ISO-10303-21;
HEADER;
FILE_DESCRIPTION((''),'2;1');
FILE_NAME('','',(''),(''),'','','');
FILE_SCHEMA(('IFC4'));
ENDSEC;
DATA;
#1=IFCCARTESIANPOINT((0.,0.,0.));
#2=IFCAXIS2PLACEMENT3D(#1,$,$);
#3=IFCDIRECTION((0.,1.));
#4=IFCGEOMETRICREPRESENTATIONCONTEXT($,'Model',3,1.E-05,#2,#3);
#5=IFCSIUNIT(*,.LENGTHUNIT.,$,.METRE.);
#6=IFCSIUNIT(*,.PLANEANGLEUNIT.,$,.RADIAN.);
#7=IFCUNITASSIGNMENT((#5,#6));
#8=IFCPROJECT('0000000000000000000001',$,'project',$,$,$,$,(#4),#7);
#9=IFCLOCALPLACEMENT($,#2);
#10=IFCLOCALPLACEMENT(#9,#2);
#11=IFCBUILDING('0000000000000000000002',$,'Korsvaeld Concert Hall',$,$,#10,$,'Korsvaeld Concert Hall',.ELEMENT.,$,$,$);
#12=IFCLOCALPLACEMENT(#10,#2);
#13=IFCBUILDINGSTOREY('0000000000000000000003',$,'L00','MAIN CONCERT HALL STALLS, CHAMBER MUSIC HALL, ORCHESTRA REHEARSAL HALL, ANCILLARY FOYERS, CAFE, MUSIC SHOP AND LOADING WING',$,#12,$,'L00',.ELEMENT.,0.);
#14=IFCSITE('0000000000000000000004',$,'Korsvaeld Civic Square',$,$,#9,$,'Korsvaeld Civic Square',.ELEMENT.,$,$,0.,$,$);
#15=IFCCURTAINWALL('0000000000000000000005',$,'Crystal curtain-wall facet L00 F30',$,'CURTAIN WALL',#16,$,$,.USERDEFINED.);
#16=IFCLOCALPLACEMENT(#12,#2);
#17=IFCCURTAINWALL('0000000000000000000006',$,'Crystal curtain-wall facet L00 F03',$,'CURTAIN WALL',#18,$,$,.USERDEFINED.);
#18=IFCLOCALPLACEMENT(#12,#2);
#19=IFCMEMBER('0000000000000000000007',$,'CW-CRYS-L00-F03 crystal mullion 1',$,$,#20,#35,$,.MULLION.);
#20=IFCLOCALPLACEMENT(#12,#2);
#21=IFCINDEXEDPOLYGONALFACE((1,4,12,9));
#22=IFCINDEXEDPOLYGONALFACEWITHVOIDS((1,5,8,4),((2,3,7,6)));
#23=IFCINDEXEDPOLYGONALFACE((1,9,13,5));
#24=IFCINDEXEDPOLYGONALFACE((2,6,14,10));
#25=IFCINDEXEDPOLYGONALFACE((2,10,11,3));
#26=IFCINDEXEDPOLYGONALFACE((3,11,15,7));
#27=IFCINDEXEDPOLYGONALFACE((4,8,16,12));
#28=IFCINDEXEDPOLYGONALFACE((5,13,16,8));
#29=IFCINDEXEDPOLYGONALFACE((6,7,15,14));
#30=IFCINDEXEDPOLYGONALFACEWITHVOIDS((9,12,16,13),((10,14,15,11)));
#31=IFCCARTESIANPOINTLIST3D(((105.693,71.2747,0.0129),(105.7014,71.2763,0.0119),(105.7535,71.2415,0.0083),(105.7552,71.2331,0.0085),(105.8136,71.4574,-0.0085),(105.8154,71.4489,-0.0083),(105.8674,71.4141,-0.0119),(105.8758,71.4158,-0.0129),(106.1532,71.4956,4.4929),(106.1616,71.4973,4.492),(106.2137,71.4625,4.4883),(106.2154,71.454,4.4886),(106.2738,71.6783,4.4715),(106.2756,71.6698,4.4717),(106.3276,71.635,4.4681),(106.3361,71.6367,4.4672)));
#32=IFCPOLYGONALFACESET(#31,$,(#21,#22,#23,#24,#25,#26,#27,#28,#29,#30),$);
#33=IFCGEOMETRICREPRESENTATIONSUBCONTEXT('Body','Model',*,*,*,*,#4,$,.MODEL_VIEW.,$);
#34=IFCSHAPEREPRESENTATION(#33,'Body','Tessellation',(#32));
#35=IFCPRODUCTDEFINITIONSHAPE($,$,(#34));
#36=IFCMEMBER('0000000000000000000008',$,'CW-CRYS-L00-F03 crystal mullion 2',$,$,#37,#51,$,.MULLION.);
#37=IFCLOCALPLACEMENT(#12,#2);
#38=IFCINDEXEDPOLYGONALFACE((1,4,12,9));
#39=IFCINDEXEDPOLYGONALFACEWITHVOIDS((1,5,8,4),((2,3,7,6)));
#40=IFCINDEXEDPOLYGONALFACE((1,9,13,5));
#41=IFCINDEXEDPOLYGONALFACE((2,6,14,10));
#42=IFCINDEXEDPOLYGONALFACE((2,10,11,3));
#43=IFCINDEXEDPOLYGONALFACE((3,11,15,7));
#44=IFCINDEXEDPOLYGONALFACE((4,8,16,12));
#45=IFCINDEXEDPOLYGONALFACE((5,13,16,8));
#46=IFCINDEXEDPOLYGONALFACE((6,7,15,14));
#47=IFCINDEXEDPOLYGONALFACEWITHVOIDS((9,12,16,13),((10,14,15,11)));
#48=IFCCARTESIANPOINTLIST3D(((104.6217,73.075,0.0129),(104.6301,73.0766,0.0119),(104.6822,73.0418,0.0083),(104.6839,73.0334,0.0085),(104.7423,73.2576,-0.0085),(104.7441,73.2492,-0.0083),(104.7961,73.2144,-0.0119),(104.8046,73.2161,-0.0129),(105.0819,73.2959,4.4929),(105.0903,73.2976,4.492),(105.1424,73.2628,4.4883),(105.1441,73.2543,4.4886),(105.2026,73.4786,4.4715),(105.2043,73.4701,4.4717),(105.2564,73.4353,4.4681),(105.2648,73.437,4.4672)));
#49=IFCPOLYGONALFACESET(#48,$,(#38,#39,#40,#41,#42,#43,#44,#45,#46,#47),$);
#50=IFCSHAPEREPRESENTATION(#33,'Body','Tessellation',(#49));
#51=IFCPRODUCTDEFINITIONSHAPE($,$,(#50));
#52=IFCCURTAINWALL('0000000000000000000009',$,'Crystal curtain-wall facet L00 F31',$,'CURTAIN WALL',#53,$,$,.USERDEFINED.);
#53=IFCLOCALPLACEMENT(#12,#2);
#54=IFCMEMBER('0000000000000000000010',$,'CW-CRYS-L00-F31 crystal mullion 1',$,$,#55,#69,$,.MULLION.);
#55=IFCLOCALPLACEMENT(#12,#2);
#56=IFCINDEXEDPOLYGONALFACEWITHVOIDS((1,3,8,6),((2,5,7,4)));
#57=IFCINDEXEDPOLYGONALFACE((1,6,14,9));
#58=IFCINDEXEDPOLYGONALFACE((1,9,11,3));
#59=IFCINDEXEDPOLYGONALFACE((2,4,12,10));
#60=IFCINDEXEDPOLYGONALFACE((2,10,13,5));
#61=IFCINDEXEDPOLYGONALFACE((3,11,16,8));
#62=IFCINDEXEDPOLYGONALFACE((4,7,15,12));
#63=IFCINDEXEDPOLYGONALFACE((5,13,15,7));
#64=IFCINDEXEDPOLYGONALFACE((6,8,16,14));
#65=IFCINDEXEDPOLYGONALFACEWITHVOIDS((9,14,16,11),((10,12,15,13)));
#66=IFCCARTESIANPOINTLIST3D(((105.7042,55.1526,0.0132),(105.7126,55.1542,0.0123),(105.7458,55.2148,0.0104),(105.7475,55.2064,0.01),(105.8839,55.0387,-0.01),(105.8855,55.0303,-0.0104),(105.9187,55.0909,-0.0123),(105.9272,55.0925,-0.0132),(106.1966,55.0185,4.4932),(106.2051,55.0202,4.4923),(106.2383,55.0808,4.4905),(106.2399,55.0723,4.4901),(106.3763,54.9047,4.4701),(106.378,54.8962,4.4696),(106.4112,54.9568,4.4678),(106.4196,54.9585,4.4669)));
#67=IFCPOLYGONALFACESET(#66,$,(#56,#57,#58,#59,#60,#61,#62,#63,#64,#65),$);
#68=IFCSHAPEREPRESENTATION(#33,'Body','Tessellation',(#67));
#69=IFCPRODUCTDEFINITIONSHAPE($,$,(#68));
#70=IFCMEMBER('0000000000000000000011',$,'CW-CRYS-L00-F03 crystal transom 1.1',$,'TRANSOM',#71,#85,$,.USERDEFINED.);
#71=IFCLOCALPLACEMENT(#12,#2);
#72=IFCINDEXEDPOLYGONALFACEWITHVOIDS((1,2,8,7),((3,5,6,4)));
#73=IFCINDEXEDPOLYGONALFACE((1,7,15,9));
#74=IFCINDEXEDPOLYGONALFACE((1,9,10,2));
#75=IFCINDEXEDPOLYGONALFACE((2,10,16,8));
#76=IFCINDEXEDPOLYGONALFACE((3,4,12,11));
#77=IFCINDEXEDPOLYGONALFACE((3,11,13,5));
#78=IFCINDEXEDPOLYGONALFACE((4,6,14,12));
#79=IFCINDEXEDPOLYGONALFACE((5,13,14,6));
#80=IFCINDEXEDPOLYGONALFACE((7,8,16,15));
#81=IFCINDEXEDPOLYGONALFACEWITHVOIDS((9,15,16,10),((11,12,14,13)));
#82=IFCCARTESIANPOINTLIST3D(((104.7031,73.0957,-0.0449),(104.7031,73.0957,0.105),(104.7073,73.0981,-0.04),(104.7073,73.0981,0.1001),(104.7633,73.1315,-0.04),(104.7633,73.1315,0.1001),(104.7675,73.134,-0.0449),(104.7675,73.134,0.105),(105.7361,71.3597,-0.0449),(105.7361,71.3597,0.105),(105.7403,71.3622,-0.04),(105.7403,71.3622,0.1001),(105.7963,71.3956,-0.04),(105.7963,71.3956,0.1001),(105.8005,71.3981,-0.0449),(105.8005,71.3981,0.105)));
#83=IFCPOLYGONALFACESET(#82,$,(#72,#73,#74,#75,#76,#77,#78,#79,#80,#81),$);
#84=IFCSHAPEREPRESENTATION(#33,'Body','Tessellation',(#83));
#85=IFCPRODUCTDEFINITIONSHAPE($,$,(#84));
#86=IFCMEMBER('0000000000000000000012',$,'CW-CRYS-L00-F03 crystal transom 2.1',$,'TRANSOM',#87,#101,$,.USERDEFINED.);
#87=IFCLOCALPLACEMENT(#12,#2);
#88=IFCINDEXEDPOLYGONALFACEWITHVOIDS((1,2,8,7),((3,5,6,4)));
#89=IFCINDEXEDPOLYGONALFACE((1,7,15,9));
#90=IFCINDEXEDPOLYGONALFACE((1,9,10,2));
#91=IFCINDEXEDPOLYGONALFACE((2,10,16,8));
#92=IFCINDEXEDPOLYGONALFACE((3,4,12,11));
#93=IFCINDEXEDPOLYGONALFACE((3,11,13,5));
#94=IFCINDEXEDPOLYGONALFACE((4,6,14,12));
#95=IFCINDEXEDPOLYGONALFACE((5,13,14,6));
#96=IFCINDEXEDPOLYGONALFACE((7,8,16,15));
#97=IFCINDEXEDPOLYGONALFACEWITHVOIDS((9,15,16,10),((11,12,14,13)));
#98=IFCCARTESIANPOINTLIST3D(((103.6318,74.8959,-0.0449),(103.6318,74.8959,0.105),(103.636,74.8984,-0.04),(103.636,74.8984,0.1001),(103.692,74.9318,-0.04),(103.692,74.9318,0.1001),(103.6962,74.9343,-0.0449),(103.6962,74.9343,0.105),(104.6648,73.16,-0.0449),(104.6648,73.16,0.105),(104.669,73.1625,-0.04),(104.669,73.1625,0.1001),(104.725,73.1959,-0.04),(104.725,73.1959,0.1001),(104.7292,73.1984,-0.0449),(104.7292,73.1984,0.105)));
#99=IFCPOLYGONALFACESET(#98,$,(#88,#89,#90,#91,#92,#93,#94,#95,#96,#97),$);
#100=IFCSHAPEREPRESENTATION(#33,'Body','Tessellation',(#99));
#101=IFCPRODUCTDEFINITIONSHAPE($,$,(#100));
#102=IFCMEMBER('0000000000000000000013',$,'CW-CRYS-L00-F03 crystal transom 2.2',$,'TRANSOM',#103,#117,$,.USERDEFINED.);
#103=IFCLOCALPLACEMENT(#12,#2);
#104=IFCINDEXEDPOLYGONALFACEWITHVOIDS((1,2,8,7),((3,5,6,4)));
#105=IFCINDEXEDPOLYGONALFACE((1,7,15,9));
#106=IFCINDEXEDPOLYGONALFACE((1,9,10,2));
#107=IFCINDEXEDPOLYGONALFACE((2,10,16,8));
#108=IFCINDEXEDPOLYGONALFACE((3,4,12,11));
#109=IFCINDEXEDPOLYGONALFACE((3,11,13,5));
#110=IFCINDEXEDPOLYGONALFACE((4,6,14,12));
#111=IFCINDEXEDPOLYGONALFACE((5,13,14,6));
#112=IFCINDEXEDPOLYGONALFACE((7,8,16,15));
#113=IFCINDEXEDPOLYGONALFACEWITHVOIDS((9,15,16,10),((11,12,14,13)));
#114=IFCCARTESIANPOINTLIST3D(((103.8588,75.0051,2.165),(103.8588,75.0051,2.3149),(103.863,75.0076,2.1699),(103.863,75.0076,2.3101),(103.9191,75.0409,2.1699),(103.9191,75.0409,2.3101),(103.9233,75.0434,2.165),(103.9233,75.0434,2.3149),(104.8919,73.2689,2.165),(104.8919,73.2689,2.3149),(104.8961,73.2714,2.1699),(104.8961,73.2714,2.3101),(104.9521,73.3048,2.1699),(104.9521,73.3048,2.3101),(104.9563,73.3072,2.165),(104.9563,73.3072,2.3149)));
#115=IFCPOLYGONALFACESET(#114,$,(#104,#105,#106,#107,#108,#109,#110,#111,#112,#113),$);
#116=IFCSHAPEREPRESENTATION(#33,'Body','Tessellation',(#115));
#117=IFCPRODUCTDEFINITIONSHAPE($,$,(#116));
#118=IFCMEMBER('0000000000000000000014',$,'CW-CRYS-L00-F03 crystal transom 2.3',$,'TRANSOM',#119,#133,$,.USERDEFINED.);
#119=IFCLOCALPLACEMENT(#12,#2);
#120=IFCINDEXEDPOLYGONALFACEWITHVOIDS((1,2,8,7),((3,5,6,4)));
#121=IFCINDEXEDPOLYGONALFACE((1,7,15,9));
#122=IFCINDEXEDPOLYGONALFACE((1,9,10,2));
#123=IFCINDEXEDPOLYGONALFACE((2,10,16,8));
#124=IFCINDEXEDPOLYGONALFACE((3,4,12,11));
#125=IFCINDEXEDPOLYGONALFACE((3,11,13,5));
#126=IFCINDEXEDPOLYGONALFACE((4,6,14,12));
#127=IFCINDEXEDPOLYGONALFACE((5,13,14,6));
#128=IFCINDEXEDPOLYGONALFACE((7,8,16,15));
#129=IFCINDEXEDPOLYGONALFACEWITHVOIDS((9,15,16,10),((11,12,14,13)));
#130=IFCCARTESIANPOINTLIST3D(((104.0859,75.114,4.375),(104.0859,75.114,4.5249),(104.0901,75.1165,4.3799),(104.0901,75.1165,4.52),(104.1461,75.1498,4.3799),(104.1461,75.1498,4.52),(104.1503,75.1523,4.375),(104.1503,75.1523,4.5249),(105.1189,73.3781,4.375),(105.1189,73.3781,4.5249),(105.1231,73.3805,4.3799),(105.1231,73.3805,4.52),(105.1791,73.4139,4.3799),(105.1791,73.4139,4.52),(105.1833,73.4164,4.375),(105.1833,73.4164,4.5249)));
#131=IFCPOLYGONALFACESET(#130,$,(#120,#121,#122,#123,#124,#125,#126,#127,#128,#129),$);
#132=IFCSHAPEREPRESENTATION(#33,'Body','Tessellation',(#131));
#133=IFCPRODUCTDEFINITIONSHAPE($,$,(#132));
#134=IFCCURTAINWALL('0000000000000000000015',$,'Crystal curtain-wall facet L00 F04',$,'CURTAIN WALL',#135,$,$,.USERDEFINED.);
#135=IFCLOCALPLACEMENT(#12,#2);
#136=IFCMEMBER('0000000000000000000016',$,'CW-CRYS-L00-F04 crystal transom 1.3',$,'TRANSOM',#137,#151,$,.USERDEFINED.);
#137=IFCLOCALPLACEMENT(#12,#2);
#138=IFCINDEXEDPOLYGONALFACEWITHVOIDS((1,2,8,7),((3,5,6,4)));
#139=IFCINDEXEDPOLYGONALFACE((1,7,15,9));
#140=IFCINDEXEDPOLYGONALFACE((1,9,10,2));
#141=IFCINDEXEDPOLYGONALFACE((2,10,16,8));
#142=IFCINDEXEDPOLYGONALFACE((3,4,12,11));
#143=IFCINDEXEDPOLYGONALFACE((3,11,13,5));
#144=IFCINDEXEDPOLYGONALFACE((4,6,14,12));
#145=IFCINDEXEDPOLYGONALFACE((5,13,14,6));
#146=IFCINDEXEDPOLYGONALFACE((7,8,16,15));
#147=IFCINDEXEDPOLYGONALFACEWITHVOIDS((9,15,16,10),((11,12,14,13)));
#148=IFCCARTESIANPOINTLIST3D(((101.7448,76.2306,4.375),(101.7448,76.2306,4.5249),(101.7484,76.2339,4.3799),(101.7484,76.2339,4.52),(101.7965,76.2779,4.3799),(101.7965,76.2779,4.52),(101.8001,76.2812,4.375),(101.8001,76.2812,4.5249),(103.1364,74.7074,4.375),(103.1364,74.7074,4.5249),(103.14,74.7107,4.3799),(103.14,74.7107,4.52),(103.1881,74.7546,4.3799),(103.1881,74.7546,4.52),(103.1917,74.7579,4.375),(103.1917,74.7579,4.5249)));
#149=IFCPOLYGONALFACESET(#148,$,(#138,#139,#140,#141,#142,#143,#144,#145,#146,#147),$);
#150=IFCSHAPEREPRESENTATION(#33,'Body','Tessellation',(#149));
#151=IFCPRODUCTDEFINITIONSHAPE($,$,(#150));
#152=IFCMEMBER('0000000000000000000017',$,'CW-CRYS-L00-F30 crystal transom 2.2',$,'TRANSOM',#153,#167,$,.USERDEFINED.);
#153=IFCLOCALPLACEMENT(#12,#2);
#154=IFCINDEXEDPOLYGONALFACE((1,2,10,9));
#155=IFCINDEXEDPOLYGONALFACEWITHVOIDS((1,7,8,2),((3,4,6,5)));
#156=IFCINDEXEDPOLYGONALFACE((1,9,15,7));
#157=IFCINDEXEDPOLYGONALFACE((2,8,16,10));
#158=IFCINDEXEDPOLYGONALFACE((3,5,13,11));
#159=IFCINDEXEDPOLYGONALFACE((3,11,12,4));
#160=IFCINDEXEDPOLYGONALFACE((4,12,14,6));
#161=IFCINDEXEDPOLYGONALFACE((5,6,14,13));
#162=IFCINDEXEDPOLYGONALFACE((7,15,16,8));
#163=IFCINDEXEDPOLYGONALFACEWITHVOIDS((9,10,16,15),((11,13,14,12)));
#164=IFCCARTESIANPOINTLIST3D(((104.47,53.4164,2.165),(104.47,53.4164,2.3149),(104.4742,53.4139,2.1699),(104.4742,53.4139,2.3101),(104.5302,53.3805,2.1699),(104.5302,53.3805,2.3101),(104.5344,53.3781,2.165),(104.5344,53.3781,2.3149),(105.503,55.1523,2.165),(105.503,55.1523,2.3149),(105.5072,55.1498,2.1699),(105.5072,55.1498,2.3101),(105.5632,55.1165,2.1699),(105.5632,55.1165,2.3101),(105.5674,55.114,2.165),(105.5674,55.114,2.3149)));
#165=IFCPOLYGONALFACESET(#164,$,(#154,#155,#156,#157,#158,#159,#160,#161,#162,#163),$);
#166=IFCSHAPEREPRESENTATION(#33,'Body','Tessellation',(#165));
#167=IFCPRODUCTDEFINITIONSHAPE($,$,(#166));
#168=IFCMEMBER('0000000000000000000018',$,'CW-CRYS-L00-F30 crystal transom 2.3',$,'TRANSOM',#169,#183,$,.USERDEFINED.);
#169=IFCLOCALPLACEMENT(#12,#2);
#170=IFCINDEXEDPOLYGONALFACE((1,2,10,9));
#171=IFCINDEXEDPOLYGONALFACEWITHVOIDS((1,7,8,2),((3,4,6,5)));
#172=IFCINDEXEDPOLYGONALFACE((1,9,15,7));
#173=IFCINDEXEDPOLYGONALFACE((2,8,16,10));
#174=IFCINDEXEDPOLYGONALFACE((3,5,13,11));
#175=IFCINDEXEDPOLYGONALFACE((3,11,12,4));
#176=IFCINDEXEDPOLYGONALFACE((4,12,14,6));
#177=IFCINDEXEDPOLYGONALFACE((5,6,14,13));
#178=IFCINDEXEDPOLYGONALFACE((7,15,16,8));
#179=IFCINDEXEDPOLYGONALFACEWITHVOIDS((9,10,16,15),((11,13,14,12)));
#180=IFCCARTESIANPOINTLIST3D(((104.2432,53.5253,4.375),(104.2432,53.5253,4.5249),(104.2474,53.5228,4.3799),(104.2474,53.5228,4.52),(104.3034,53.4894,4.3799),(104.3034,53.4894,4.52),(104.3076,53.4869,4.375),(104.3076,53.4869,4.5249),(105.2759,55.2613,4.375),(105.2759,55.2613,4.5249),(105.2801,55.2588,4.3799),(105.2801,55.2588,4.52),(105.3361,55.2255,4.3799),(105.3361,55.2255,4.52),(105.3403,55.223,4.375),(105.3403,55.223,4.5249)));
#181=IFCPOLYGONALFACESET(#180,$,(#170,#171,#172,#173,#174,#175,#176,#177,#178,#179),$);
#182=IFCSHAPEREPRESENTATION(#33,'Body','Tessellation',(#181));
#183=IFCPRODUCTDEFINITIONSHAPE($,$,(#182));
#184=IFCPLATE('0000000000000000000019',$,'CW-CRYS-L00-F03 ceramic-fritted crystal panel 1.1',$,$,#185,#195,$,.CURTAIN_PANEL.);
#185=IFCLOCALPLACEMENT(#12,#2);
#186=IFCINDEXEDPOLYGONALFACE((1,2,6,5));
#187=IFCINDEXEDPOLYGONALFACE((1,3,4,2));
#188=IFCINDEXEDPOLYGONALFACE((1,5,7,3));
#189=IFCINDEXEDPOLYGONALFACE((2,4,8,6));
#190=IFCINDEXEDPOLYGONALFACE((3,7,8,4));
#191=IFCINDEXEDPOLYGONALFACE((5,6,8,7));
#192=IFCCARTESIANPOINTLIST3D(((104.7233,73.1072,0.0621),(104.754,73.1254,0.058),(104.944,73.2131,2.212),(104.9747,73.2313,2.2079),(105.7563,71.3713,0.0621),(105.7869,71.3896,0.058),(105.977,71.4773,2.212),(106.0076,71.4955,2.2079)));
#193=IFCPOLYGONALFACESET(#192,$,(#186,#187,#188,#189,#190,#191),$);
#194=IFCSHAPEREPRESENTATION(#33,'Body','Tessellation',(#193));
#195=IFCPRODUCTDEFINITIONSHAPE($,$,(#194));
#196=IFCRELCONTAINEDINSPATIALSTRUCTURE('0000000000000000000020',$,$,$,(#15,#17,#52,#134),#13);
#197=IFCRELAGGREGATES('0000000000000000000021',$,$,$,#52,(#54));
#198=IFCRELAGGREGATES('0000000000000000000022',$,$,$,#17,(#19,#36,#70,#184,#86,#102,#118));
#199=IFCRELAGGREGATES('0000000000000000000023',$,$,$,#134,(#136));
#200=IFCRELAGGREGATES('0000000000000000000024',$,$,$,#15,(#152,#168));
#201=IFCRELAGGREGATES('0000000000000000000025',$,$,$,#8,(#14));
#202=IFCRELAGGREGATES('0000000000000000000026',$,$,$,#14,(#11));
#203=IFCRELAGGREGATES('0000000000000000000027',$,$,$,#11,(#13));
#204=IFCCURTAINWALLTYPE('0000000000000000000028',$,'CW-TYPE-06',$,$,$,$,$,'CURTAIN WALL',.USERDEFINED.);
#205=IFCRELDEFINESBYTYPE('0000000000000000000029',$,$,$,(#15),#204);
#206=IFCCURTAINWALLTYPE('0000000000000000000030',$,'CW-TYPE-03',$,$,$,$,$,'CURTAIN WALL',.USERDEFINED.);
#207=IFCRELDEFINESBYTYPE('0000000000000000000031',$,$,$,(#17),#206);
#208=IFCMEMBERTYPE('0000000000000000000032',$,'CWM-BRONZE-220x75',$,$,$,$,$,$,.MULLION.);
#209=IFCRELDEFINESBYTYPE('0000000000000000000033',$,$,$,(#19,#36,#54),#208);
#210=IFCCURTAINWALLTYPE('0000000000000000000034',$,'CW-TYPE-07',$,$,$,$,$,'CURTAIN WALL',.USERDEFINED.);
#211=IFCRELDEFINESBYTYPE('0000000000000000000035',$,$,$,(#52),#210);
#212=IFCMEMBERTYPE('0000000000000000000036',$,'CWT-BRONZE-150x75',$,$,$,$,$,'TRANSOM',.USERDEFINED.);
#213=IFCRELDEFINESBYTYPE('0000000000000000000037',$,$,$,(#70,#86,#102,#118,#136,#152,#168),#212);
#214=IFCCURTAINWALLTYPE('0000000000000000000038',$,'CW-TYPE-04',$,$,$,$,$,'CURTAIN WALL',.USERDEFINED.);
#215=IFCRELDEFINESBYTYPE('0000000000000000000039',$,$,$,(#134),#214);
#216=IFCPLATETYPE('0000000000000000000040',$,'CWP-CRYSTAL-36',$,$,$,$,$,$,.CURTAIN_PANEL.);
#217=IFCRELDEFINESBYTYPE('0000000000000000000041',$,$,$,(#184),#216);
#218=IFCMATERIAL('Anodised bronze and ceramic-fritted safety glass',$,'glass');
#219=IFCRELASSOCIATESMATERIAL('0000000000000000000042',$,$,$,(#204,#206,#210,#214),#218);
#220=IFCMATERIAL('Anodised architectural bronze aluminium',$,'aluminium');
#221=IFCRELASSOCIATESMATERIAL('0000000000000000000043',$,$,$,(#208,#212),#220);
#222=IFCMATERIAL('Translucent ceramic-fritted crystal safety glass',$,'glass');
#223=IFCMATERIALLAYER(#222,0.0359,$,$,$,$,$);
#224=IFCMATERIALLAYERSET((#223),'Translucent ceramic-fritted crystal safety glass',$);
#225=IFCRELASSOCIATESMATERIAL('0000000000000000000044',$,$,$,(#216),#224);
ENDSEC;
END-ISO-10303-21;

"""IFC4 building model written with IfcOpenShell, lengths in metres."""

from ifc_helpers import new_model, si_unit, direction, frame, origin, origin_2d, place, context, subcontext, project, spatial, polyline, hollow_rectangle, outline, extrude, material, layer, layer_set, material_profile, profile_set, type_object, element, aggregate, save


model = new_model("IFC4")

# Units and contexts
model_context = context("Model", 3, precision=1e-05, world=origin(), true_north=direction((0.0, 1.0)))
body_context = subcontext(model_context, "Body", "Model", "MODEL_VIEW")
ifc_project = project(units=[si_unit("LENGTHUNIT", "METRE"), si_unit("PLANEANGLEUNIT", "RADIAN")], contexts=[model_context])

# Site, building, storey
site_placement = place(None, origin())
site = spatial("IfcSite", under=ifc_project, at=site_placement, Name="Korsvaeld Civic Square", LongName="Korsvaeld Civic Square", CompositionType="ELEMENT", RefElevation=0.0)
building_placement = place(site_placement, origin())
building = spatial("IfcBuilding", under=site, at=building_placement, Name="Korsvaeld Concert Hall", LongName="Korsvaeld Concert Hall", CompositionType="ELEMENT")
storey_placement = place(building_placement, origin())
storey = spatial("IfcBuildingStorey", under=building, at=storey_placement, Name="L00", Description="MAIN CONCERT HALL STALLS, CHAMBER MUSIC HALL, ORCHESTRA REHEARSAL HALL, ANCILLARY FOYERS, CAFE, MUSIC SHOP AND LOADING WING", LongName="L00", CompositionType="ELEMENT", Elevation=0.0)

# Curtain wall
ifc_material_1 = material(Name="Anodised bronze and ceramic-fritted safety glass", Category="glass")
curtain_wall_type_1 = type_object("IfcCurtainWallType", Name="CW-TYPE-06", ElementType="CURTAIN WALL", PredefinedType="USERDEFINED", material=ifc_material_1)
curtain_wall_1_placement = place(storey_placement, origin())
curtain_wall_1 = element("IfcCurtainWall", 1, at=curtain_wall_1_placement, inside=storey, type_object=curtain_wall_type_1, Name="Crystal curtain-wall facet L00 F30", ObjectType="CURTAIN WALL", PredefinedType="USERDEFINED")
ifc_material_2 = material(Name="Anodised architectural bronze aluminium", Category="aluminium")

# Curtain wall, members
curtain_wall_type_2 = type_object("IfcCurtainWallType", Name="CW-TYPE-03", ElementType="CURTAIN WALL", PredefinedType="USERDEFINED", material=ifc_material_1)
curtain_wall_2_placement = place(storey_placement, origin())
curtain_wall_2 = element("IfcCurtainWall", 2, at=curtain_wall_2_placement, inside=storey, type_object=curtain_wall_type_2, Name="Crystal curtain-wall facet L00 F03", ObjectType="CURTAIN WALL", PredefinedType="USERDEFINED")
ifc_material_profile_1 = material_profile(ifc_material_2, hollow_rectangle(XDim=0.075, YDim=0.22, WallThickness=0.0061, at=origin_2d()), Name="CWM 220x75x6")
ifc_profile_set_1 = profile_set([ifc_material_profile_1], Name="Anodised architectural bronze aluminium")
member_type_1 = type_object("IfcMemberType", Name="CWM-BRONZE-220x75", PredefinedType="MULLION", material=ifc_profile_set_1)
member_1_placement = place(storey_placement, frame((105.7844, 71.3452, 0.0), z_axis=(0.102064, 0.049002, 0.99357), x_axis=(0.829955, -0.554817, -0.057894)))
member_1 = element("IfcMember", 3, at=member_1_placement, type_object=member_type_1, Name="CW-CRYS-L00-F03 crystal mullion 1", PredefinedType="MULLION", context=body_context, shape_type="SweptSolid", body=[
    extrude(hollow_rectangle(XDim=0.075, YDim=0.22, WallThickness=0.0061, at=origin_2d()), origin(), (0.0, 0.0, 1.0), 4.509),
])
member_2_placement = place(storey_placement, frame((104.7131, 73.1455, 0.0), z_axis=(0.102064, 0.049002, 0.99357), x_axis=(0.829955, -0.554817, -0.057894)))
member_2 = element("IfcMember", 4, at=member_2_placement, type_object=member_type_1, Name="CW-CRYS-L00-F03 crystal mullion 2", PredefinedType="MULLION", context=body_context, shape_type="SweptSolid", body=[
    extrude(hollow_rectangle(XDim=0.075, YDim=0.22, WallThickness=0.0061, at=origin_2d()), origin(), (0.0, 0.0, 1.0), 4.509),
])

# Curtain wall, member
curtain_wall_type_3 = type_object("IfcCurtainWallType", Name="CW-TYPE-07", ElementType="CURTAIN WALL", PredefinedType="USERDEFINED", material=ifc_material_1)
curtain_wall_3_placement = place(storey_placement, origin())
curtain_wall_3 = element("IfcCurtainWall", 5, at=curtain_wall_3_placement, inside=storey, type_object=curtain_wall_type_3, Name="Crystal curtain-wall facet L00 F31", ObjectType="CURTAIN WALL", PredefinedType="USERDEFINED")
member_3_placement = place(storey_placement, frame((105.8157, 55.1226, 0.0), z_axis=(0.109212, -0.029726, 0.993574), x_axis=(-0.555535, -0.830704, 0.03621)))
member_3 = element("IfcMember", 6, at=member_3_placement, type_object=member_type_1, Name="CW-CRYS-L00-F31 crystal mullion 1", PredefinedType="MULLION", context=body_context, shape_type="SweptSolid", body=[
    extrude(hollow_rectangle(XDim=0.075, YDim=0.22, WallThickness=0.0061, at=origin_2d()), origin(), (0.0, 0.0, 1.0), 4.509),
])
aggregate(curtain_wall_3, [member_3])

# Members
ifc_material_profile_2 = material_profile(ifc_material_2, hollow_rectangle(XDim=0.075, YDim=0.1499, WallThickness=0.0049, at=origin_2d()), Name="CWT 150x75x5")
ifc_profile_set_2 = profile_set([ifc_material_profile_2], Name="Anodised architectural bronze aluminium")
member_type_2 = type_object("IfcMemberType", Name="CWT-BRONZE-150x75", ElementType="TRANSOM", PredefinedType="USERDEFINED", material=ifc_profile_set_2)
member_4_placement = place(storey_placement, frame((105.7683, 71.3789, 0.03), z_axis=(-0.511382, 0.859354, 0.0), x_axis=(-0.859354, -0.511382, 0.0)))
member_4 = element("IfcMember", 7, at=member_4_placement, type_object=member_type_2, Name="CW-CRYS-L00-F03 crystal transom 1.1", ObjectType="TRANSOM", PredefinedType="USERDEFINED", context=body_context, shape_type="SweptSolid", body=[
    extrude(hollow_rectangle(XDim=0.075, YDim=0.1499, WallThickness=0.0049, at=origin_2d()), origin(), (0.0, 0.0, 1.0), 2.02),
])
member_5_placement = place(storey_placement, frame((104.697, 73.1792, 0.03), z_axis=(-0.511382, 0.859354, 0.0), x_axis=(-0.859354, -0.511382, 0.0)))
member_5 = element("IfcMember", 8, at=member_5_placement, type_object=member_type_2, Name="CW-CRYS-L00-F03 crystal transom 2.1", ObjectType="TRANSOM", PredefinedType="USERDEFINED", context=body_context, shape_type="SweptSolid", body=[
    extrude(hollow_rectangle(XDim=0.075, YDim=0.1499, WallThickness=0.0049, at=origin_2d()), origin(), (0.0, 0.0, 1.0), 2.02),
])
member_6_placement = place(storey_placement, frame((104.9241, 73.2881, 2.24), z_axis=(-0.511329, 0.859385, 0.0), x_axis=(-0.859385, -0.511329, 0.0)))
member_6 = element("IfcMember", 9, at=member_6_placement, type_object=member_type_2, Name="CW-CRYS-L00-F03 crystal transom 2.2", ObjectType="TRANSOM", PredefinedType="USERDEFINED", context=body_context, shape_type="SweptSolid", body=[
    extrude(hollow_rectangle(XDim=0.075, YDim=0.1499, WallThickness=0.0049, at=origin_2d()), origin(), (0.0, 0.0, 1.0), 2.0203),
])
member_7_placement = place(storey_placement, frame((105.1511, 73.3972, 4.45), z_axis=(-0.511382, 0.859354, 0.0), x_axis=(-0.859354, -0.511382, 0.0)))
member_7 = element("IfcMember", 10, at=member_7_placement, type_object=member_type_2, Name="CW-CRYS-L00-F03 crystal transom 2.3", ObjectType="TRANSOM", PredefinedType="USERDEFINED", context=body_context, shape_type="SweptSolid", body=[
    extrude(hollow_rectangle(XDim=0.075, YDim=0.1499, WallThickness=0.0049, at=origin_2d()), origin(), (0.0, 0.0, 1.0), 2.02),
])

# Curtain wall, member
curtain_wall_type_4 = type_object("IfcCurtainWallType", Name="CW-TYPE-04", ElementType="CURTAIN WALL", PredefinedType="USERDEFINED", material=ifc_material_1)
curtain_wall_4_placement = place(storey_placement, origin())
curtain_wall_4 = element("IfcCurtainWall", 11, at=curtain_wall_4_placement, inside=storey, type_object=curtain_wall_type_4, Name="Crystal curtain-wall facet L00 F04", ObjectType="CURTAIN WALL", PredefinedType="USERDEFINED")
member_8_placement = place(storey_placement, frame((103.1641, 74.7327, 4.45), z_axis=(-0.674497, 0.738278, 0.0), x_axis=(-0.738278, -0.674497, 0.0)))
member_8 = element("IfcMember", 12, at=member_8_placement, type_object=member_type_2, Name="CW-CRYS-L00-F04 crystal transom 1.3", ObjectType="TRANSOM", PredefinedType="USERDEFINED", context=body_context, shape_type="SweptSolid", body=[
    extrude(hollow_rectangle(XDim=0.075, YDim=0.1499, WallThickness=0.0049, at=origin_2d()), origin(), (0.0, 0.0, 1.0), 2.0632),
])

# Members
member_9_placement = place(storey_placement, frame((104.5022, 53.3972, 2.24), z_axis=(0.511382, 0.859354, 0.0), x_axis=(-0.859354, 0.511382, 0.0)))
member_9 = element("IfcMember", 13, at=member_9_placement, type_object=member_type_2, Name="CW-CRYS-L00-F30 crystal transom 2.2", ObjectType="TRANSOM", PredefinedType="USERDEFINED", context=body_context, shape_type="SweptSolid", body=[
    extrude(hollow_rectangle(XDim=0.075, YDim=0.1499, WallThickness=0.0049, at=origin_2d()), origin(), (0.0, 0.0, 1.0), 2.02),
])
member_10_placement = place(storey_placement, frame((104.2754, 53.5061, 4.45), z_axis=(0.511239, 0.859438, 0.0), x_axis=(-0.859438, 0.511239, 0.0)))
member_10 = element("IfcMember", 14, at=member_10_placement, type_object=member_type_2, Name="CW-CRYS-L00-F30 crystal transom 2.3", ObjectType="TRANSOM", PredefinedType="USERDEFINED", context=body_context, shape_type="SweptSolid", body=[
    extrude(hollow_rectangle(XDim=0.075, YDim=0.1499, WallThickness=0.0049, at=origin_2d()), origin(), (0.0, 0.0, 1.0), 2.02),
])

# Plate
ifc_material_3 = material(Name="Translucent ceramic-fritted crystal safety glass", Category="glass")
ifc_layer_1 = layer(ifc_material_3, 0.0359)
ifc_layer_set_1 = layer_set([ifc_layer_1], Name="Translucent ceramic-fritted crystal safety glass")
plate_type = type_object("IfcPlateType", Name="CWP-CRYSTAL-36", PredefinedType="CURTAIN_PANEL", material=ifc_layer_set_1)
plate_1_placement = place(storey_placement, frame((105.7715, 71.3804, 0.0601), z_axis=(0.853879, 0.508124, -0.1127), x_axis=(-0.511382, 0.859354, 0.0)))
plate_1 = element("IfcPlate", 15, at=plate_1_placement, type_object=plate_type, Name="CW-CRYS-L00-F03 ceramic-fritted crystal panel 1.1", PredefinedType="CURTAIN_PANEL", context=body_context, shape_type="SweptSolid", body=[
    extrude(outline(polyline([(0.0, 0.0), (2.0199, 0.0), (1.9981, 2.1637), (-0.0218, 2.1637), (0.0, 0.0)])), frame((0.0, 0.0, 0.0181)), (0.0, 0.0, -1.0), 0.0359),
])
aggregate(curtain_wall_2, [member_1, member_2, member_4, plate_1, member_5, member_6, member_7])
aggregate(curtain_wall_4, [member_8])
aggregate(curtain_wall_1, [member_9, member_10])

save(model, "model.ifc")
